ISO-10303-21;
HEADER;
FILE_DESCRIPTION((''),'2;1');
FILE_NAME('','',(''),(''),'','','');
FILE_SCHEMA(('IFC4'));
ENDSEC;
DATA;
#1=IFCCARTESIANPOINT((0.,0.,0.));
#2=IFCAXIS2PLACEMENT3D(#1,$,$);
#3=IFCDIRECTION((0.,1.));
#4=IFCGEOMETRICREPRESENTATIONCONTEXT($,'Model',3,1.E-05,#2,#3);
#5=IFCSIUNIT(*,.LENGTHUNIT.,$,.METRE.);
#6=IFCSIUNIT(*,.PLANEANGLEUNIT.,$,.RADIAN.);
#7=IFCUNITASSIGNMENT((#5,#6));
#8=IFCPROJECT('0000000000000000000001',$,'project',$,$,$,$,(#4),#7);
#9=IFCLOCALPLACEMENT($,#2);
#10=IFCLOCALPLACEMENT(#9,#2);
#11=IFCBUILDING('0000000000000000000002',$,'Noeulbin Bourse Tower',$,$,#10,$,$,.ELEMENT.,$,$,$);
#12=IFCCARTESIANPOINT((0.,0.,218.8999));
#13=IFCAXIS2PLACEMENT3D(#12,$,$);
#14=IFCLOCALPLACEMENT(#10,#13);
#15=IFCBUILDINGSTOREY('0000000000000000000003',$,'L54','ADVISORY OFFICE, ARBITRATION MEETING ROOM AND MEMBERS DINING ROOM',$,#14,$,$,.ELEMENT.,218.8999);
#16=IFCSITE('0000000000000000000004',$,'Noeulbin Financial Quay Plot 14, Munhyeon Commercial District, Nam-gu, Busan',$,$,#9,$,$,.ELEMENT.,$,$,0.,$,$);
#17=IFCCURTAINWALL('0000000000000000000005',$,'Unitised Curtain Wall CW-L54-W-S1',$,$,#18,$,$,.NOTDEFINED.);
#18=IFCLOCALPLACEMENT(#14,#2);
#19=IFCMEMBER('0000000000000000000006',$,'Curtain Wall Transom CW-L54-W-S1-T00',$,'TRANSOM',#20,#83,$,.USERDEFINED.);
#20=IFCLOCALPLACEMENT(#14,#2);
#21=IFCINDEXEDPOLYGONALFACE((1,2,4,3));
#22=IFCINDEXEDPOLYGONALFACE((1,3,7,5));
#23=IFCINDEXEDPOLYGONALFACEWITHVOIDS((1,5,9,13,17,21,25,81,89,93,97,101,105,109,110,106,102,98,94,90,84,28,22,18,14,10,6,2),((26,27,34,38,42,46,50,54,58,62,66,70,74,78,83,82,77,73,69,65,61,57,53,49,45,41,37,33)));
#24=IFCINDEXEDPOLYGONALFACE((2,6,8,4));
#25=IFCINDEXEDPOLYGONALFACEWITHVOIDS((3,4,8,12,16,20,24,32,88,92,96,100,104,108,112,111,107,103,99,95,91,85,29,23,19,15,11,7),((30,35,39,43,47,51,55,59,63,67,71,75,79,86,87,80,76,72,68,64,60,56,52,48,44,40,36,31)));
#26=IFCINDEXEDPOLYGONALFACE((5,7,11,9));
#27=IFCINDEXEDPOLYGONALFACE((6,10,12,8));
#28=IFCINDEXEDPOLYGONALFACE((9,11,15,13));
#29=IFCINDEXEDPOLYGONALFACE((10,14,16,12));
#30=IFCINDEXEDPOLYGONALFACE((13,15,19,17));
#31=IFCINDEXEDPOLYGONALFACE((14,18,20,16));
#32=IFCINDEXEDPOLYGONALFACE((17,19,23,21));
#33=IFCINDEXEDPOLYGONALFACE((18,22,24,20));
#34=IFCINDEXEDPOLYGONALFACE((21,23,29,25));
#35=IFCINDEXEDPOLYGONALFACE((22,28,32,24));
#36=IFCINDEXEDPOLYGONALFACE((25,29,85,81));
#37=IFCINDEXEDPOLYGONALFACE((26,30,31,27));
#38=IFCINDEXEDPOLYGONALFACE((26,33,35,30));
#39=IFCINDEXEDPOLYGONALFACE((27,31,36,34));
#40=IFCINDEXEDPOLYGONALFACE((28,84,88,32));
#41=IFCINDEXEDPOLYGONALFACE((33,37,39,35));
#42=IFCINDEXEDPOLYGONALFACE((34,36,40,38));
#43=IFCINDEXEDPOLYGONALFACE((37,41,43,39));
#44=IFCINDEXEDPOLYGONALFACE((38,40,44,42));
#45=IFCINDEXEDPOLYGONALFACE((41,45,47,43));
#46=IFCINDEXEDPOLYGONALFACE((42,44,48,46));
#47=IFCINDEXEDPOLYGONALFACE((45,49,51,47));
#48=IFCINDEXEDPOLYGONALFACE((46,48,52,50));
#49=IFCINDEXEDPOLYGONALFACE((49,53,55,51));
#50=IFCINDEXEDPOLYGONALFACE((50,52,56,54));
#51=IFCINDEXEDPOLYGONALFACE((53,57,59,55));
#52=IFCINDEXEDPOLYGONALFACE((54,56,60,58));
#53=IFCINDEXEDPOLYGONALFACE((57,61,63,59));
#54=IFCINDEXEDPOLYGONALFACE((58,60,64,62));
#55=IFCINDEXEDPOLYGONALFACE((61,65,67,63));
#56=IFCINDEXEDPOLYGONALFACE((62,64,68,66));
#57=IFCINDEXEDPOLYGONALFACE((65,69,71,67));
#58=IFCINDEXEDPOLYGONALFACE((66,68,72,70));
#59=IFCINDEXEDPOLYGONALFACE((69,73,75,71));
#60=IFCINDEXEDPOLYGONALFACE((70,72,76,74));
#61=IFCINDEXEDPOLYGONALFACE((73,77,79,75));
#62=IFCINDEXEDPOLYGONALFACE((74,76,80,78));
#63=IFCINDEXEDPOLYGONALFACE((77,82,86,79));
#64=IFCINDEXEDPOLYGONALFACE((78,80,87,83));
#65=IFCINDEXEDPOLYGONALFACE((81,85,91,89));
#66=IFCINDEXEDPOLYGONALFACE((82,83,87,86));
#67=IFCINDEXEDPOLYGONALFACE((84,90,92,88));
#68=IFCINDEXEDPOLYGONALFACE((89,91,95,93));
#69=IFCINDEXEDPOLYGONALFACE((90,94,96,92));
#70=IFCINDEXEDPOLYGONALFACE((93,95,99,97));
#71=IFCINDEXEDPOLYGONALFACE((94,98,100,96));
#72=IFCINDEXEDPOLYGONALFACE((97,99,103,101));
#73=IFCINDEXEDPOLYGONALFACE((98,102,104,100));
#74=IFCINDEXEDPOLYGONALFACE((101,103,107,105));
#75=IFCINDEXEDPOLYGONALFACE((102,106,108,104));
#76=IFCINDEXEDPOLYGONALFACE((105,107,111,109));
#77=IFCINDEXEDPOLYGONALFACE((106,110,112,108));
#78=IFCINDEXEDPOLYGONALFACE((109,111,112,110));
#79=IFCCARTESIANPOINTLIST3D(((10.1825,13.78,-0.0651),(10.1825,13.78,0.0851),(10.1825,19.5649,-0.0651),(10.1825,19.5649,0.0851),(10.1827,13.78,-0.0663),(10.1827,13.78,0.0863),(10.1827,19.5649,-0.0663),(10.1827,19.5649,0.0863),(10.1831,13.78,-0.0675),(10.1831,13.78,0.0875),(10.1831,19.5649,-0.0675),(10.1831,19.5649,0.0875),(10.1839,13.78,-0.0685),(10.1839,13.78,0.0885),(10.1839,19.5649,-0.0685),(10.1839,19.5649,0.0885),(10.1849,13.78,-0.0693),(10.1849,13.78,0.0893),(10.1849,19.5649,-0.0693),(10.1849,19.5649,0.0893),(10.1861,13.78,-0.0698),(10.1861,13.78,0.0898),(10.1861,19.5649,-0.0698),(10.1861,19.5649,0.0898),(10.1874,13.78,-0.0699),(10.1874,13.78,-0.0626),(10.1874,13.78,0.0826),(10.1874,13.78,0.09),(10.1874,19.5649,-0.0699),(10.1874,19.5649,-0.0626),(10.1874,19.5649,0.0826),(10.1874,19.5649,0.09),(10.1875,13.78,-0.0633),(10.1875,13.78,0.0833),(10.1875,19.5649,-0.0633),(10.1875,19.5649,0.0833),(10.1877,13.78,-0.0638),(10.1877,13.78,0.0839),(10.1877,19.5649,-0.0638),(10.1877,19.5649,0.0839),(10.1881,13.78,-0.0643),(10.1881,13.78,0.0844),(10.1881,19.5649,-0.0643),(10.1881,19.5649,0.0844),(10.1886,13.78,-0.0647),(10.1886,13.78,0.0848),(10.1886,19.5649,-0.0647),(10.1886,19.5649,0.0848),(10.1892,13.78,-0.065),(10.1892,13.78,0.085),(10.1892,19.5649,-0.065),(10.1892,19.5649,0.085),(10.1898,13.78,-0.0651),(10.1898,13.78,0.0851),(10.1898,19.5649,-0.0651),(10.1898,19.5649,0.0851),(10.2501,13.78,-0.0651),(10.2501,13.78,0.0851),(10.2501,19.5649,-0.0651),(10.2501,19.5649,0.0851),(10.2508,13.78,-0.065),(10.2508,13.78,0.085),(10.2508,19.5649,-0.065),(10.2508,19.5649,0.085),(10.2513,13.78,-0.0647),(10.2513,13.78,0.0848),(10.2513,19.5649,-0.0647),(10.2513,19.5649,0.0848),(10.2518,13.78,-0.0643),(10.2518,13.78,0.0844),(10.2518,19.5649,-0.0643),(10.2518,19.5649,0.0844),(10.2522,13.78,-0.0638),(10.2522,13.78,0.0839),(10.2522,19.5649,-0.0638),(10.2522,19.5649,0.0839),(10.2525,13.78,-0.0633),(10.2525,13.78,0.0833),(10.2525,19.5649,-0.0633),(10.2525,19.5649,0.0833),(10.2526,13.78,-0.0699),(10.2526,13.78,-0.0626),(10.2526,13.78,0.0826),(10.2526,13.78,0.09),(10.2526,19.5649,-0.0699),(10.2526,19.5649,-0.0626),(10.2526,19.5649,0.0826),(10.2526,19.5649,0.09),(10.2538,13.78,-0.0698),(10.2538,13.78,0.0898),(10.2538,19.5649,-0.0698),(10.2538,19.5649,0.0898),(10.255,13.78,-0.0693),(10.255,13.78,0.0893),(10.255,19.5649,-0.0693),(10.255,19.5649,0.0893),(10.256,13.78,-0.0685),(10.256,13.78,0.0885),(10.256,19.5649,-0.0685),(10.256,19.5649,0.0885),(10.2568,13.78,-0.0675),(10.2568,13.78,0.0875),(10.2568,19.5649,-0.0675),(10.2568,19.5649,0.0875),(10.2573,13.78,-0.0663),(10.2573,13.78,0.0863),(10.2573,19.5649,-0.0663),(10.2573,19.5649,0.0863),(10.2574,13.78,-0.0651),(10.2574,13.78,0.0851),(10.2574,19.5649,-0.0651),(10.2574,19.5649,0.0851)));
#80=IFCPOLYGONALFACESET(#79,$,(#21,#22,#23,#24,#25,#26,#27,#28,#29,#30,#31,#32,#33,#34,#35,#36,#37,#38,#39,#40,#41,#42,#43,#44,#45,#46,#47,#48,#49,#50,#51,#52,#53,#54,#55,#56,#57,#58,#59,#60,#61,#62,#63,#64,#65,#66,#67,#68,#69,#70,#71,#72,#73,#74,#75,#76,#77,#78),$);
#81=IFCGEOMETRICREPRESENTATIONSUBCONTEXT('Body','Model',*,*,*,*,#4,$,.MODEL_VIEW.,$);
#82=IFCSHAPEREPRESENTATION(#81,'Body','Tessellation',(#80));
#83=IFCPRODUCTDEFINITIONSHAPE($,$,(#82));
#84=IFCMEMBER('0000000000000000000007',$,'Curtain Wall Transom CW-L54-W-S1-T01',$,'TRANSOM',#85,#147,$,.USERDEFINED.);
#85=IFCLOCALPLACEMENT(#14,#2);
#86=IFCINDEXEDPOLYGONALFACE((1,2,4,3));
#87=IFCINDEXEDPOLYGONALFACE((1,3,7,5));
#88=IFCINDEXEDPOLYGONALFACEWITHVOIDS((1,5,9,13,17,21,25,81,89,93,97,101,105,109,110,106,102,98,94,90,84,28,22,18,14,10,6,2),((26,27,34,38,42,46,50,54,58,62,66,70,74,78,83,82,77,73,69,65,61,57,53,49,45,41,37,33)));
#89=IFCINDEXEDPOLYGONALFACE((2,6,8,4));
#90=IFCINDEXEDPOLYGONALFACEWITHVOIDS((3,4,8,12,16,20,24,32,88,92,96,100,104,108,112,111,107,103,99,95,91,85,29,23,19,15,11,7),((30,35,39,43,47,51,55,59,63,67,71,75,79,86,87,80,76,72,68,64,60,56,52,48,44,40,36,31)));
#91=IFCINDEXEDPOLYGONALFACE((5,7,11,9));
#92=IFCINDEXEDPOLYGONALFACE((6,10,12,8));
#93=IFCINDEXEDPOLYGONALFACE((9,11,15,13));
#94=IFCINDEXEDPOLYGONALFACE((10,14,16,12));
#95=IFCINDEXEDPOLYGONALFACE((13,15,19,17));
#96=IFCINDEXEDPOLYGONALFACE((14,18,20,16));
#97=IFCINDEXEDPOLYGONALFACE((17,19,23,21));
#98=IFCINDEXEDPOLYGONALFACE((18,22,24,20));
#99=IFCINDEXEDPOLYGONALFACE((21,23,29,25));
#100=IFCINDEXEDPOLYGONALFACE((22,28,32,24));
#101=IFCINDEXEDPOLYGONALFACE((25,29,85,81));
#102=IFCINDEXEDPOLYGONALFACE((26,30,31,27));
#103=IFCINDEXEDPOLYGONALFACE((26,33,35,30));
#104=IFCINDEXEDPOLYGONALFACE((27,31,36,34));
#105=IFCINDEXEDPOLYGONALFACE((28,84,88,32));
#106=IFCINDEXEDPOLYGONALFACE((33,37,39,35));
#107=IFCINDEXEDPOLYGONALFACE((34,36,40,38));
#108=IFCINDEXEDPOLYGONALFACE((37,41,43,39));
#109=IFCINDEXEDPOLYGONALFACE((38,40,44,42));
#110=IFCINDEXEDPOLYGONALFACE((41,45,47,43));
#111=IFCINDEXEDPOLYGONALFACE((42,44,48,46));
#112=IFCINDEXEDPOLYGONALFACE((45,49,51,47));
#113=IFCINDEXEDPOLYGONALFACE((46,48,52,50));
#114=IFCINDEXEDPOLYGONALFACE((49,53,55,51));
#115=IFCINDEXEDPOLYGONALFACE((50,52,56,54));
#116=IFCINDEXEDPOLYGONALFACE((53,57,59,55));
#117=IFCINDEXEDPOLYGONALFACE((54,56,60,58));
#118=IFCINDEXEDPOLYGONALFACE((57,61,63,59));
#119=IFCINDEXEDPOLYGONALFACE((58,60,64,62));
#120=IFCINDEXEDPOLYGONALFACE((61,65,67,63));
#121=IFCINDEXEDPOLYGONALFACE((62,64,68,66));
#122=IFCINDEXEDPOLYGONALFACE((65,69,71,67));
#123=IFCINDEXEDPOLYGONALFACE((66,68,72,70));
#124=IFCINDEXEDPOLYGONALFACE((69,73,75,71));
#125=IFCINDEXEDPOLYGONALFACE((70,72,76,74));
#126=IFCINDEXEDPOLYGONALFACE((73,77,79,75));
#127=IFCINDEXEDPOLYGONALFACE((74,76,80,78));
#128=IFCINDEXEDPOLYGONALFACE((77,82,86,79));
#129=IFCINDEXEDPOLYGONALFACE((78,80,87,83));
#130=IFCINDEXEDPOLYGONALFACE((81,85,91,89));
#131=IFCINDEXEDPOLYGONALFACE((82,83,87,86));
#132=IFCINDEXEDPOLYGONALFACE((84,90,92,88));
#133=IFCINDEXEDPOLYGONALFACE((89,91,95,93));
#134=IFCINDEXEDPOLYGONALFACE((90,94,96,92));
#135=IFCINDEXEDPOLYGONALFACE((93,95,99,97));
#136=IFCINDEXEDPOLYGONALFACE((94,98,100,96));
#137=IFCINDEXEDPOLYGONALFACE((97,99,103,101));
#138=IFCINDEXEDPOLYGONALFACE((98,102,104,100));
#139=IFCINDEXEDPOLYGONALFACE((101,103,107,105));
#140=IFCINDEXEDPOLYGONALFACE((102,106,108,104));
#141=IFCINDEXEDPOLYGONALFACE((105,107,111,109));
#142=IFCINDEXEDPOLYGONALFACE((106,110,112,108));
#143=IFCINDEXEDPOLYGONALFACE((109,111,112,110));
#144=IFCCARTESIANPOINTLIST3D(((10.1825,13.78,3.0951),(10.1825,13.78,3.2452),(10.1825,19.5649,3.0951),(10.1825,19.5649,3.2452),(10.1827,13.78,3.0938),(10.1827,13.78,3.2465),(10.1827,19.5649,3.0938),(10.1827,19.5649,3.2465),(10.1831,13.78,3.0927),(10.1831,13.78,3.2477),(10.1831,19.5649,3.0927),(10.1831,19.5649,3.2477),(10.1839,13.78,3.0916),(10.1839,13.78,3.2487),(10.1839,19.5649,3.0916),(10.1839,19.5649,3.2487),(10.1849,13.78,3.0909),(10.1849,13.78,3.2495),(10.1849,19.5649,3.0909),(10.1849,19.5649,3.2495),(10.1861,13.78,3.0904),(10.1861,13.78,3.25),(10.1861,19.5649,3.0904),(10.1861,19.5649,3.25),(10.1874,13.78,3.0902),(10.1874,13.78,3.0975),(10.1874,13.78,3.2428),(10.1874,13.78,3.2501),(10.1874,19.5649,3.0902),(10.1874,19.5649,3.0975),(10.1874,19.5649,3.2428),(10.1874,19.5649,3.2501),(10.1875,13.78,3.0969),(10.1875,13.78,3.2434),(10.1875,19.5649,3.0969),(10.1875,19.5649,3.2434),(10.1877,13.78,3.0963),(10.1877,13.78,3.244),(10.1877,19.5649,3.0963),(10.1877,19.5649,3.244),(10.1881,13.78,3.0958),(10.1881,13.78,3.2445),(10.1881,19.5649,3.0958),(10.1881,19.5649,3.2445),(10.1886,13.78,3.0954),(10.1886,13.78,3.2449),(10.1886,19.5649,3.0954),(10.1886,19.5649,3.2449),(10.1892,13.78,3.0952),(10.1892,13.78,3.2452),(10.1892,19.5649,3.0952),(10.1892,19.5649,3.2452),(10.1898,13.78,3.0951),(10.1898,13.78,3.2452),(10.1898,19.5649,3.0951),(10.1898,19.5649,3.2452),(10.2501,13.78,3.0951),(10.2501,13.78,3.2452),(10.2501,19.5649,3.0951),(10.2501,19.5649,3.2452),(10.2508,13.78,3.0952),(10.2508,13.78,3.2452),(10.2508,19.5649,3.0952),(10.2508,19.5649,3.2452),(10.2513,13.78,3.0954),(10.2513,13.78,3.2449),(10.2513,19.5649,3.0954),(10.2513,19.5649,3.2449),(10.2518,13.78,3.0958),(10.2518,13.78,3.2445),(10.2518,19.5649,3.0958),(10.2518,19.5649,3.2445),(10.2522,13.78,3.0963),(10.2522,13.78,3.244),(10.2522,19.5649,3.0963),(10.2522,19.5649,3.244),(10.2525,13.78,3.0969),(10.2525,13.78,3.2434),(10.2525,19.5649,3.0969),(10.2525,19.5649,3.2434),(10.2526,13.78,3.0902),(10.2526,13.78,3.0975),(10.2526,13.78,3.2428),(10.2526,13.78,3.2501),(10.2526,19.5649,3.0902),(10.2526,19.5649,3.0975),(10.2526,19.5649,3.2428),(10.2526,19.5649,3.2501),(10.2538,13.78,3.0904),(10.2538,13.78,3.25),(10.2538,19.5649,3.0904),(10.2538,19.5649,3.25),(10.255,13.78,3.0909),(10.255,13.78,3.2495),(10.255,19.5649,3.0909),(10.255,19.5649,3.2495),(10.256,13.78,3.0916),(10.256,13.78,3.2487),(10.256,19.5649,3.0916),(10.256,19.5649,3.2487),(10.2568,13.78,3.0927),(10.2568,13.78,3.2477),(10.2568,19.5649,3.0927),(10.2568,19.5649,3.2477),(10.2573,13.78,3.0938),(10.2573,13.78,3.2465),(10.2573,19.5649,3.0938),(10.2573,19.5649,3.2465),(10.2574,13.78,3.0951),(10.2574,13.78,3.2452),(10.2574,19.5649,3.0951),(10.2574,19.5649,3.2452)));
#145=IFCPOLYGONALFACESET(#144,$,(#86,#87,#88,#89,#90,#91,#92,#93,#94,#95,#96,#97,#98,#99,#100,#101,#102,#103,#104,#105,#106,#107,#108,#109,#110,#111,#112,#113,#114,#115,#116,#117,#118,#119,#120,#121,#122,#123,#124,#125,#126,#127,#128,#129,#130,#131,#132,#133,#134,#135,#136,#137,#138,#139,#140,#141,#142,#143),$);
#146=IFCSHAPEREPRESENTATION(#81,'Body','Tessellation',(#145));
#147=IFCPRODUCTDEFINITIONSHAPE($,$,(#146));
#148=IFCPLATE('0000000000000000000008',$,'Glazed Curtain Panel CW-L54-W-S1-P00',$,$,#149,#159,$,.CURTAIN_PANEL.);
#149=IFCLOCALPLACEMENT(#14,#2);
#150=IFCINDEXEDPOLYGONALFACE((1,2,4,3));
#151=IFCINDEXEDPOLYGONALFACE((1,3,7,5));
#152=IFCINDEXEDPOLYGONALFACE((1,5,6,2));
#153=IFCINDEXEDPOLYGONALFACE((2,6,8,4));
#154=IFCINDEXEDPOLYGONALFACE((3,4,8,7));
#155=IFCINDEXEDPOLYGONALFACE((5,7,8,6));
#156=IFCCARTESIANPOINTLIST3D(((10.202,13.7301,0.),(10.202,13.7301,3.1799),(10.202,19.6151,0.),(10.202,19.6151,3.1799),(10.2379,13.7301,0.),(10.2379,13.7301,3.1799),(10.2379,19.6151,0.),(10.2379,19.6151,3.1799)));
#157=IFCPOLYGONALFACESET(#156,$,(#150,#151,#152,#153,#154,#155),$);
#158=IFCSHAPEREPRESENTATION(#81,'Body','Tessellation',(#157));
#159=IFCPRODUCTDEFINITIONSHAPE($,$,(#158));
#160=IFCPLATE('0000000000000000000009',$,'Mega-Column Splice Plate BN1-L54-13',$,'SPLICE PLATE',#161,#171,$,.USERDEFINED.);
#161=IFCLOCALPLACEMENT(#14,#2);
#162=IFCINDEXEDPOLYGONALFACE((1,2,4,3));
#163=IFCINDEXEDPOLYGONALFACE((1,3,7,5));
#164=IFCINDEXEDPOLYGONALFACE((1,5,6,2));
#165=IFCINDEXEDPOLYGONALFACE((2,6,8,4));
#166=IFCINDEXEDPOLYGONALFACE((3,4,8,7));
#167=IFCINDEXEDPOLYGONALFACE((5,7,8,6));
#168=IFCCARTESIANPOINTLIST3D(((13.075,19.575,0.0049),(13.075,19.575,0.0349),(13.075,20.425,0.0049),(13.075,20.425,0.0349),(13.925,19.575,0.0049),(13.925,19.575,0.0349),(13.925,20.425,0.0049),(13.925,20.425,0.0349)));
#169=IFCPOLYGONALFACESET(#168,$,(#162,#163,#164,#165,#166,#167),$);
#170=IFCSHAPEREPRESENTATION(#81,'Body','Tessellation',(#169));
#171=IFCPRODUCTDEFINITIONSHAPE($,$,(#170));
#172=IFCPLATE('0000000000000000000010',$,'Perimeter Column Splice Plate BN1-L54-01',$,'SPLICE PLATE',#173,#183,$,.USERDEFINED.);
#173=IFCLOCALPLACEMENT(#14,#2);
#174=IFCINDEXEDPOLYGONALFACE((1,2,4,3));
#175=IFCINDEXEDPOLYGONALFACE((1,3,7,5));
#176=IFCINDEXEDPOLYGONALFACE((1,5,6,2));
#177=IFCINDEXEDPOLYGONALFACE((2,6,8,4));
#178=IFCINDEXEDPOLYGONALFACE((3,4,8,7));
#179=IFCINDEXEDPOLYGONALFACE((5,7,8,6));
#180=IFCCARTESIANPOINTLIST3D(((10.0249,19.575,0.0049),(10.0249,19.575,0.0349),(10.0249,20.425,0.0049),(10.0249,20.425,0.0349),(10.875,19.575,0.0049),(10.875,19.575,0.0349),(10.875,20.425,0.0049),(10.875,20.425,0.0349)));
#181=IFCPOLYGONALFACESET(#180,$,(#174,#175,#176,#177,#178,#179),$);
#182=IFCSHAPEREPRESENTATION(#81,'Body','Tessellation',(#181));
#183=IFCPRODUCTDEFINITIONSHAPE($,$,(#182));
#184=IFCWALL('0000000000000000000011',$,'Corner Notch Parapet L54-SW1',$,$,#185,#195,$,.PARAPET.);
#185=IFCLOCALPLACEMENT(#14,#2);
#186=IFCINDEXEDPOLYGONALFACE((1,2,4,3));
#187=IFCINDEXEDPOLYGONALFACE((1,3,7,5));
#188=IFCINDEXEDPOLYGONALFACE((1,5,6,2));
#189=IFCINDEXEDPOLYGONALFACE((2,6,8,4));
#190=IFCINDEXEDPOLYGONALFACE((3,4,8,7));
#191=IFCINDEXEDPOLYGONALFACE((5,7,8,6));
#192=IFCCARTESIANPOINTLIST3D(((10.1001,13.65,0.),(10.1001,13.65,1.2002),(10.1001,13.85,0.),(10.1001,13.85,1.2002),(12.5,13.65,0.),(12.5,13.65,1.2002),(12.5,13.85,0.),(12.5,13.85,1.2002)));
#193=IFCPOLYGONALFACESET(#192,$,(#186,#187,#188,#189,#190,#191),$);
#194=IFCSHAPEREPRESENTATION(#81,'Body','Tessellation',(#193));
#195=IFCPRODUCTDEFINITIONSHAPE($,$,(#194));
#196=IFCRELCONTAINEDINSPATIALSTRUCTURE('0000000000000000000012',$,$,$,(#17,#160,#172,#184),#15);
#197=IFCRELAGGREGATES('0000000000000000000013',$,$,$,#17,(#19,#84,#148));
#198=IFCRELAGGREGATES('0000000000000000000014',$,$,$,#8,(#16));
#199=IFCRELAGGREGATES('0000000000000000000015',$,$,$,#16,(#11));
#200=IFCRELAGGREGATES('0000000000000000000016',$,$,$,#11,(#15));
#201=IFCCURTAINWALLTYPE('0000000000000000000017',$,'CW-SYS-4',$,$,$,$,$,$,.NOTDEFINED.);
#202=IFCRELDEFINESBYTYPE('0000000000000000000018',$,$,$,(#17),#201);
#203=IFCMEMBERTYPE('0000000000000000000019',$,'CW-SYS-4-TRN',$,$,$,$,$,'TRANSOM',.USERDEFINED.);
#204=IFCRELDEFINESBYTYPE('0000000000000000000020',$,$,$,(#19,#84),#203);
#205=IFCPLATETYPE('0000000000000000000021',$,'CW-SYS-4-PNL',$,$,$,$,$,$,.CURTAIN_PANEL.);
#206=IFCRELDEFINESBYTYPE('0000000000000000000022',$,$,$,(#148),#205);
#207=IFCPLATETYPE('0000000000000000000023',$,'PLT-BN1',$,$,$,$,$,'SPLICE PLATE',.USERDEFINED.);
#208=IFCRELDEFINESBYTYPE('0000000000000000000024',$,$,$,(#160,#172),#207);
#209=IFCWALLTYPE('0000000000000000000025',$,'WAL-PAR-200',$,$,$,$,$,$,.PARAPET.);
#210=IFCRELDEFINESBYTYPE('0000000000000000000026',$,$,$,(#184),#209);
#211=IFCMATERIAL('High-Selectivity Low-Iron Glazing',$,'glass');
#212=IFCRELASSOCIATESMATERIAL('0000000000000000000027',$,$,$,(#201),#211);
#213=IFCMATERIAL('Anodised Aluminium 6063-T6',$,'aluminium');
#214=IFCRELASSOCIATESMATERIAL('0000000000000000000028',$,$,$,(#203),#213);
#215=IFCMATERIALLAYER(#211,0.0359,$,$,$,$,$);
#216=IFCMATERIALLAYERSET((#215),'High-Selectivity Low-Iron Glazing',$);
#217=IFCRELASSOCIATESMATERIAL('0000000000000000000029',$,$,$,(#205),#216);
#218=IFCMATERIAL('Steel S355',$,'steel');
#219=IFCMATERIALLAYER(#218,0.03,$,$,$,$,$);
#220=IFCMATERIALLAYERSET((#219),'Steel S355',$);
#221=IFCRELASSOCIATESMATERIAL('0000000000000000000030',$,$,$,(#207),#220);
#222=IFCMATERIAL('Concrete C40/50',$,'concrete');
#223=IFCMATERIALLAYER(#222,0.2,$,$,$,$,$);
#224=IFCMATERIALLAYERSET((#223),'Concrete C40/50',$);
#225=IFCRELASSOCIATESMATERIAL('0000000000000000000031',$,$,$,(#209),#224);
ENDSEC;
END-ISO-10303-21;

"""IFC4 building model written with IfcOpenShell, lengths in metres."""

from ifc_helpers import new_model, si_unit, direction, frame, frame_2d, origin, origin_2d, place, context, subcontext, project, spatial, rectangle, hollow_rectangle, extrude, material, layer, layer_set, material_profile, profile_set, type_object, element, aggregate, save


model = new_model("IFC4")

# Units and contexts
model_context = context("Model", 3, precision=1e-05, world=origin(), true_north=direction((0.0, 1.0)))
body_context = subcontext(model_context, "Body", "Model", "MODEL_VIEW")
ifc_project = project(units=[si_unit("LENGTHUNIT", "METRE"), si_unit("PLANEANGLEUNIT", "RADIAN")], contexts=[model_context])

# Site, building, storey
site_placement = place(None, origin())
site = spatial("IfcSite", under=ifc_project, at=site_placement, Name="Noeulbin Financial Quay Plot 14, Munhyeon Commercial District, Nam-gu, Busan", CompositionType="ELEMENT", RefElevation=0.0)
building_placement = place(site_placement, origin())
building = spatial("IfcBuilding", under=site, at=building_placement, Name="Noeulbin Bourse Tower", CompositionType="ELEMENT")
storey_placement = place(building_placement, frame((0.0, 0.0, 218.8999)))
storey = spatial("IfcBuildingStorey", under=building, at=storey_placement, Name="L54", Description="ADVISORY OFFICE, ARBITRATION MEETING ROOM AND MEMBERS DINING ROOM", CompositionType="ELEMENT", Elevation=218.8999)

# Shared definitions
ifc_material_1 = material(Name="Steel S355", Category="steel")

# Curtain wall, members, plate
ifc_material_2 = material(Name="High-Selectivity Low-Iron Glazing", Category="glass")
curtain_wall_type = type_object("IfcCurtainWallType", Name="CW-SYS-4", PredefinedType="NOTDEFINED", material=ifc_material_2)
curtain_wall_placement = place(storey_placement, origin())
curtain_wall = element("IfcCurtainWall", 1, at=curtain_wall_placement, inside=storey, type_object=curtain_wall_type, Name="Unitised Curtain Wall CW-L54-W-S1", PredefinedType="NOTDEFINED")
ifc_material_3 = material(Name="Anodised Aluminium 6063-T6", Category="aluminium")
ifc_material_profile_1 = material_profile(ifc_material_3, hollow_rectangle(XDim=0.075, YDim=0.1599, WallThickness=0.0049, InnerFilletRadius=0.0024, OuterFilletRadius=0.0049, at=origin_2d()), Name="ALU-TRAN-75x160x5", Category="LoadBearing")
ifc_profile_set_1 = profile_set([ifc_material_profile_1], Name="Anodised Aluminium 6063-T6")
member_type_1 = type_object("IfcMemberType", Name="CW-SYS-4-TRN", ElementType="TRANSOM", PredefinedType="USERDEFINED", material=ifc_profile_set_1)
member_1_placement = place(storey_placement, frame((10.22, 13.78, 0.01), z_axis=(0.0, 1.0, 0.0), x_axis=(-1.0, 0.0, 0.0)))
member_1 = element("IfcMember", 2, at=member_1_placement, type_object=member_type_1, Name="Curtain Wall Transom CW-L54-W-S1-T00", ObjectType="TRANSOM", PredefinedType="USERDEFINED", context=body_context, shape_type="SweptSolid", body=[
    extrude(hollow_rectangle(XDim=0.075, YDim=0.1599, WallThickness=0.0049, InnerFilletRadius=0.0024, OuterFilletRadius=0.0049, at=origin_2d()), origin(), (0.0, 0.0, 1.0), 5.7849),
])
member_2_placement = place(storey_placement, frame((10.22, 13.78, 3.1702), z_axis=(0.0, 1.0, 0.0), x_axis=(-1.0, 0.0, 0.0)))
member_2 = element("IfcMember", 3, at=member_2_placement, type_object=member_type_1, Name="Curtain Wall Transom CW-L54-W-S1-T01", ObjectType="TRANSOM", PredefinedType="USERDEFINED", context=body_context, shape_type="SweptSolid", body=[
    extrude(hollow_rectangle(XDim=0.075, YDim=0.1599, WallThickness=0.0049, InnerFilletRadius=0.0024, OuterFilletRadius=0.0049, at=origin_2d()), origin(), (0.0, 0.0, 1.0), 5.7849),
])
ifc_layer_1 = layer(ifc_material_2, 0.0359)
ifc_layer_set_1 = layer_set([ifc_layer_1], Name="High-Selectivity Low-Iron Glazing")
plate_type_1 = type_object("IfcPlateType", Name="CW-SYS-4-PNL", PredefinedType="CURTAIN_PANEL", material=ifc_layer_set_1)
plate_placement = place(storey_placement, frame((10.22, 16.6726, 0.0), z_axis=(0.0, 0.0, 1.0), x_axis=(0.0, 1.0, 0.0)))
plate = element("IfcPlate", 4, at=plate_placement, type_object=plate_type_1, Name="Glazed Curtain Panel CW-L54-W-S1-P00", PredefinedType="CURTAIN_PANEL", context=body_context, shape_type="SweptSolid", body=[
    extrude(rectangle(XDim=5.885, YDim=0.0359, at=origin_2d()), origin(), (0.0, 0.0, 1.0), 3.1799),
])
aggregate(curtain_wall, [member_1, member_2, plate])

# Plates
ifc_layer_2 = layer(ifc_material_1, 0.03)
ifc_layer_set_2 = layer_set([ifc_layer_2], Name="Steel S355")
plate_type_2 = type_object("IfcPlateType", Name="PLT-BN1", ElementType="SPLICE PLATE", PredefinedType="USERDEFINED", material=ifc_layer_set_2)
for number, where, z_axis, x_axis, name in (
    (5, (13.5, 20.0, 0.0049), (0.0, 0.0, 1.0), (1.0, 0.0, 0.0), "Mega-Column Splice Plate BN1-L54-13"),
    (6, (10.45, 20.0, 0.0049), (0.0, 0.0, 1.0), (1.0, 0.0, 0.0), "Perimeter Column Splice Plate BN1-L54-01"),
):
    element("IfcPlate", number, at=place(storey_placement, frame(where, z_axis=z_axis, x_axis=x_axis)), inside=storey, type_object=plate_type_2, Name=name, ObjectType="SPLICE PLATE", PredefinedType="USERDEFINED", context=body_context, shape_type="SweptSolid", body=[
        extrude(rectangle(XDim=0.8501, YDim=0.8501, at=origin_2d()), origin(), (0.0, 0.0, 1.0), 0.03),
    ])

# Wall
ifc_material_4 = material(Name="Concrete C40/50", Category="concrete")
ifc_layer_3 = layer(ifc_material_4, 0.2)
ifc_layer_set_3 = layer_set([ifc_layer_3], Name="Concrete C40/50")
wall_type_1 = type_object("IfcWallType", Name="WAL-PAR-200", PredefinedType="PARAPET", material=ifc_layer_set_3)
for number, where, z_axis, x_axis, name in (
    (7, (10.1001, 13.75, 0.0), (0.0, 0.0, 1.0), (1.0, 0.0, 0.0), "Corner Notch Parapet L54-SW1"),
):
    element("IfcWall", number, at=place(storey_placement, frame(where, z_axis=z_axis, x_axis=x_axis)), inside=storey, type_object=wall_type_1, Name=name, PredefinedType="PARAPET", context=body_context, shape_type="SweptSolid", body=[
        extrude(rectangle(XDim=2.3999, YDim=0.2, at=frame_2d((1.2, 0.0))), origin(), (0.0, 0.0, 1.0), 1.2002),
    ])

save(model, "model.ifc")
